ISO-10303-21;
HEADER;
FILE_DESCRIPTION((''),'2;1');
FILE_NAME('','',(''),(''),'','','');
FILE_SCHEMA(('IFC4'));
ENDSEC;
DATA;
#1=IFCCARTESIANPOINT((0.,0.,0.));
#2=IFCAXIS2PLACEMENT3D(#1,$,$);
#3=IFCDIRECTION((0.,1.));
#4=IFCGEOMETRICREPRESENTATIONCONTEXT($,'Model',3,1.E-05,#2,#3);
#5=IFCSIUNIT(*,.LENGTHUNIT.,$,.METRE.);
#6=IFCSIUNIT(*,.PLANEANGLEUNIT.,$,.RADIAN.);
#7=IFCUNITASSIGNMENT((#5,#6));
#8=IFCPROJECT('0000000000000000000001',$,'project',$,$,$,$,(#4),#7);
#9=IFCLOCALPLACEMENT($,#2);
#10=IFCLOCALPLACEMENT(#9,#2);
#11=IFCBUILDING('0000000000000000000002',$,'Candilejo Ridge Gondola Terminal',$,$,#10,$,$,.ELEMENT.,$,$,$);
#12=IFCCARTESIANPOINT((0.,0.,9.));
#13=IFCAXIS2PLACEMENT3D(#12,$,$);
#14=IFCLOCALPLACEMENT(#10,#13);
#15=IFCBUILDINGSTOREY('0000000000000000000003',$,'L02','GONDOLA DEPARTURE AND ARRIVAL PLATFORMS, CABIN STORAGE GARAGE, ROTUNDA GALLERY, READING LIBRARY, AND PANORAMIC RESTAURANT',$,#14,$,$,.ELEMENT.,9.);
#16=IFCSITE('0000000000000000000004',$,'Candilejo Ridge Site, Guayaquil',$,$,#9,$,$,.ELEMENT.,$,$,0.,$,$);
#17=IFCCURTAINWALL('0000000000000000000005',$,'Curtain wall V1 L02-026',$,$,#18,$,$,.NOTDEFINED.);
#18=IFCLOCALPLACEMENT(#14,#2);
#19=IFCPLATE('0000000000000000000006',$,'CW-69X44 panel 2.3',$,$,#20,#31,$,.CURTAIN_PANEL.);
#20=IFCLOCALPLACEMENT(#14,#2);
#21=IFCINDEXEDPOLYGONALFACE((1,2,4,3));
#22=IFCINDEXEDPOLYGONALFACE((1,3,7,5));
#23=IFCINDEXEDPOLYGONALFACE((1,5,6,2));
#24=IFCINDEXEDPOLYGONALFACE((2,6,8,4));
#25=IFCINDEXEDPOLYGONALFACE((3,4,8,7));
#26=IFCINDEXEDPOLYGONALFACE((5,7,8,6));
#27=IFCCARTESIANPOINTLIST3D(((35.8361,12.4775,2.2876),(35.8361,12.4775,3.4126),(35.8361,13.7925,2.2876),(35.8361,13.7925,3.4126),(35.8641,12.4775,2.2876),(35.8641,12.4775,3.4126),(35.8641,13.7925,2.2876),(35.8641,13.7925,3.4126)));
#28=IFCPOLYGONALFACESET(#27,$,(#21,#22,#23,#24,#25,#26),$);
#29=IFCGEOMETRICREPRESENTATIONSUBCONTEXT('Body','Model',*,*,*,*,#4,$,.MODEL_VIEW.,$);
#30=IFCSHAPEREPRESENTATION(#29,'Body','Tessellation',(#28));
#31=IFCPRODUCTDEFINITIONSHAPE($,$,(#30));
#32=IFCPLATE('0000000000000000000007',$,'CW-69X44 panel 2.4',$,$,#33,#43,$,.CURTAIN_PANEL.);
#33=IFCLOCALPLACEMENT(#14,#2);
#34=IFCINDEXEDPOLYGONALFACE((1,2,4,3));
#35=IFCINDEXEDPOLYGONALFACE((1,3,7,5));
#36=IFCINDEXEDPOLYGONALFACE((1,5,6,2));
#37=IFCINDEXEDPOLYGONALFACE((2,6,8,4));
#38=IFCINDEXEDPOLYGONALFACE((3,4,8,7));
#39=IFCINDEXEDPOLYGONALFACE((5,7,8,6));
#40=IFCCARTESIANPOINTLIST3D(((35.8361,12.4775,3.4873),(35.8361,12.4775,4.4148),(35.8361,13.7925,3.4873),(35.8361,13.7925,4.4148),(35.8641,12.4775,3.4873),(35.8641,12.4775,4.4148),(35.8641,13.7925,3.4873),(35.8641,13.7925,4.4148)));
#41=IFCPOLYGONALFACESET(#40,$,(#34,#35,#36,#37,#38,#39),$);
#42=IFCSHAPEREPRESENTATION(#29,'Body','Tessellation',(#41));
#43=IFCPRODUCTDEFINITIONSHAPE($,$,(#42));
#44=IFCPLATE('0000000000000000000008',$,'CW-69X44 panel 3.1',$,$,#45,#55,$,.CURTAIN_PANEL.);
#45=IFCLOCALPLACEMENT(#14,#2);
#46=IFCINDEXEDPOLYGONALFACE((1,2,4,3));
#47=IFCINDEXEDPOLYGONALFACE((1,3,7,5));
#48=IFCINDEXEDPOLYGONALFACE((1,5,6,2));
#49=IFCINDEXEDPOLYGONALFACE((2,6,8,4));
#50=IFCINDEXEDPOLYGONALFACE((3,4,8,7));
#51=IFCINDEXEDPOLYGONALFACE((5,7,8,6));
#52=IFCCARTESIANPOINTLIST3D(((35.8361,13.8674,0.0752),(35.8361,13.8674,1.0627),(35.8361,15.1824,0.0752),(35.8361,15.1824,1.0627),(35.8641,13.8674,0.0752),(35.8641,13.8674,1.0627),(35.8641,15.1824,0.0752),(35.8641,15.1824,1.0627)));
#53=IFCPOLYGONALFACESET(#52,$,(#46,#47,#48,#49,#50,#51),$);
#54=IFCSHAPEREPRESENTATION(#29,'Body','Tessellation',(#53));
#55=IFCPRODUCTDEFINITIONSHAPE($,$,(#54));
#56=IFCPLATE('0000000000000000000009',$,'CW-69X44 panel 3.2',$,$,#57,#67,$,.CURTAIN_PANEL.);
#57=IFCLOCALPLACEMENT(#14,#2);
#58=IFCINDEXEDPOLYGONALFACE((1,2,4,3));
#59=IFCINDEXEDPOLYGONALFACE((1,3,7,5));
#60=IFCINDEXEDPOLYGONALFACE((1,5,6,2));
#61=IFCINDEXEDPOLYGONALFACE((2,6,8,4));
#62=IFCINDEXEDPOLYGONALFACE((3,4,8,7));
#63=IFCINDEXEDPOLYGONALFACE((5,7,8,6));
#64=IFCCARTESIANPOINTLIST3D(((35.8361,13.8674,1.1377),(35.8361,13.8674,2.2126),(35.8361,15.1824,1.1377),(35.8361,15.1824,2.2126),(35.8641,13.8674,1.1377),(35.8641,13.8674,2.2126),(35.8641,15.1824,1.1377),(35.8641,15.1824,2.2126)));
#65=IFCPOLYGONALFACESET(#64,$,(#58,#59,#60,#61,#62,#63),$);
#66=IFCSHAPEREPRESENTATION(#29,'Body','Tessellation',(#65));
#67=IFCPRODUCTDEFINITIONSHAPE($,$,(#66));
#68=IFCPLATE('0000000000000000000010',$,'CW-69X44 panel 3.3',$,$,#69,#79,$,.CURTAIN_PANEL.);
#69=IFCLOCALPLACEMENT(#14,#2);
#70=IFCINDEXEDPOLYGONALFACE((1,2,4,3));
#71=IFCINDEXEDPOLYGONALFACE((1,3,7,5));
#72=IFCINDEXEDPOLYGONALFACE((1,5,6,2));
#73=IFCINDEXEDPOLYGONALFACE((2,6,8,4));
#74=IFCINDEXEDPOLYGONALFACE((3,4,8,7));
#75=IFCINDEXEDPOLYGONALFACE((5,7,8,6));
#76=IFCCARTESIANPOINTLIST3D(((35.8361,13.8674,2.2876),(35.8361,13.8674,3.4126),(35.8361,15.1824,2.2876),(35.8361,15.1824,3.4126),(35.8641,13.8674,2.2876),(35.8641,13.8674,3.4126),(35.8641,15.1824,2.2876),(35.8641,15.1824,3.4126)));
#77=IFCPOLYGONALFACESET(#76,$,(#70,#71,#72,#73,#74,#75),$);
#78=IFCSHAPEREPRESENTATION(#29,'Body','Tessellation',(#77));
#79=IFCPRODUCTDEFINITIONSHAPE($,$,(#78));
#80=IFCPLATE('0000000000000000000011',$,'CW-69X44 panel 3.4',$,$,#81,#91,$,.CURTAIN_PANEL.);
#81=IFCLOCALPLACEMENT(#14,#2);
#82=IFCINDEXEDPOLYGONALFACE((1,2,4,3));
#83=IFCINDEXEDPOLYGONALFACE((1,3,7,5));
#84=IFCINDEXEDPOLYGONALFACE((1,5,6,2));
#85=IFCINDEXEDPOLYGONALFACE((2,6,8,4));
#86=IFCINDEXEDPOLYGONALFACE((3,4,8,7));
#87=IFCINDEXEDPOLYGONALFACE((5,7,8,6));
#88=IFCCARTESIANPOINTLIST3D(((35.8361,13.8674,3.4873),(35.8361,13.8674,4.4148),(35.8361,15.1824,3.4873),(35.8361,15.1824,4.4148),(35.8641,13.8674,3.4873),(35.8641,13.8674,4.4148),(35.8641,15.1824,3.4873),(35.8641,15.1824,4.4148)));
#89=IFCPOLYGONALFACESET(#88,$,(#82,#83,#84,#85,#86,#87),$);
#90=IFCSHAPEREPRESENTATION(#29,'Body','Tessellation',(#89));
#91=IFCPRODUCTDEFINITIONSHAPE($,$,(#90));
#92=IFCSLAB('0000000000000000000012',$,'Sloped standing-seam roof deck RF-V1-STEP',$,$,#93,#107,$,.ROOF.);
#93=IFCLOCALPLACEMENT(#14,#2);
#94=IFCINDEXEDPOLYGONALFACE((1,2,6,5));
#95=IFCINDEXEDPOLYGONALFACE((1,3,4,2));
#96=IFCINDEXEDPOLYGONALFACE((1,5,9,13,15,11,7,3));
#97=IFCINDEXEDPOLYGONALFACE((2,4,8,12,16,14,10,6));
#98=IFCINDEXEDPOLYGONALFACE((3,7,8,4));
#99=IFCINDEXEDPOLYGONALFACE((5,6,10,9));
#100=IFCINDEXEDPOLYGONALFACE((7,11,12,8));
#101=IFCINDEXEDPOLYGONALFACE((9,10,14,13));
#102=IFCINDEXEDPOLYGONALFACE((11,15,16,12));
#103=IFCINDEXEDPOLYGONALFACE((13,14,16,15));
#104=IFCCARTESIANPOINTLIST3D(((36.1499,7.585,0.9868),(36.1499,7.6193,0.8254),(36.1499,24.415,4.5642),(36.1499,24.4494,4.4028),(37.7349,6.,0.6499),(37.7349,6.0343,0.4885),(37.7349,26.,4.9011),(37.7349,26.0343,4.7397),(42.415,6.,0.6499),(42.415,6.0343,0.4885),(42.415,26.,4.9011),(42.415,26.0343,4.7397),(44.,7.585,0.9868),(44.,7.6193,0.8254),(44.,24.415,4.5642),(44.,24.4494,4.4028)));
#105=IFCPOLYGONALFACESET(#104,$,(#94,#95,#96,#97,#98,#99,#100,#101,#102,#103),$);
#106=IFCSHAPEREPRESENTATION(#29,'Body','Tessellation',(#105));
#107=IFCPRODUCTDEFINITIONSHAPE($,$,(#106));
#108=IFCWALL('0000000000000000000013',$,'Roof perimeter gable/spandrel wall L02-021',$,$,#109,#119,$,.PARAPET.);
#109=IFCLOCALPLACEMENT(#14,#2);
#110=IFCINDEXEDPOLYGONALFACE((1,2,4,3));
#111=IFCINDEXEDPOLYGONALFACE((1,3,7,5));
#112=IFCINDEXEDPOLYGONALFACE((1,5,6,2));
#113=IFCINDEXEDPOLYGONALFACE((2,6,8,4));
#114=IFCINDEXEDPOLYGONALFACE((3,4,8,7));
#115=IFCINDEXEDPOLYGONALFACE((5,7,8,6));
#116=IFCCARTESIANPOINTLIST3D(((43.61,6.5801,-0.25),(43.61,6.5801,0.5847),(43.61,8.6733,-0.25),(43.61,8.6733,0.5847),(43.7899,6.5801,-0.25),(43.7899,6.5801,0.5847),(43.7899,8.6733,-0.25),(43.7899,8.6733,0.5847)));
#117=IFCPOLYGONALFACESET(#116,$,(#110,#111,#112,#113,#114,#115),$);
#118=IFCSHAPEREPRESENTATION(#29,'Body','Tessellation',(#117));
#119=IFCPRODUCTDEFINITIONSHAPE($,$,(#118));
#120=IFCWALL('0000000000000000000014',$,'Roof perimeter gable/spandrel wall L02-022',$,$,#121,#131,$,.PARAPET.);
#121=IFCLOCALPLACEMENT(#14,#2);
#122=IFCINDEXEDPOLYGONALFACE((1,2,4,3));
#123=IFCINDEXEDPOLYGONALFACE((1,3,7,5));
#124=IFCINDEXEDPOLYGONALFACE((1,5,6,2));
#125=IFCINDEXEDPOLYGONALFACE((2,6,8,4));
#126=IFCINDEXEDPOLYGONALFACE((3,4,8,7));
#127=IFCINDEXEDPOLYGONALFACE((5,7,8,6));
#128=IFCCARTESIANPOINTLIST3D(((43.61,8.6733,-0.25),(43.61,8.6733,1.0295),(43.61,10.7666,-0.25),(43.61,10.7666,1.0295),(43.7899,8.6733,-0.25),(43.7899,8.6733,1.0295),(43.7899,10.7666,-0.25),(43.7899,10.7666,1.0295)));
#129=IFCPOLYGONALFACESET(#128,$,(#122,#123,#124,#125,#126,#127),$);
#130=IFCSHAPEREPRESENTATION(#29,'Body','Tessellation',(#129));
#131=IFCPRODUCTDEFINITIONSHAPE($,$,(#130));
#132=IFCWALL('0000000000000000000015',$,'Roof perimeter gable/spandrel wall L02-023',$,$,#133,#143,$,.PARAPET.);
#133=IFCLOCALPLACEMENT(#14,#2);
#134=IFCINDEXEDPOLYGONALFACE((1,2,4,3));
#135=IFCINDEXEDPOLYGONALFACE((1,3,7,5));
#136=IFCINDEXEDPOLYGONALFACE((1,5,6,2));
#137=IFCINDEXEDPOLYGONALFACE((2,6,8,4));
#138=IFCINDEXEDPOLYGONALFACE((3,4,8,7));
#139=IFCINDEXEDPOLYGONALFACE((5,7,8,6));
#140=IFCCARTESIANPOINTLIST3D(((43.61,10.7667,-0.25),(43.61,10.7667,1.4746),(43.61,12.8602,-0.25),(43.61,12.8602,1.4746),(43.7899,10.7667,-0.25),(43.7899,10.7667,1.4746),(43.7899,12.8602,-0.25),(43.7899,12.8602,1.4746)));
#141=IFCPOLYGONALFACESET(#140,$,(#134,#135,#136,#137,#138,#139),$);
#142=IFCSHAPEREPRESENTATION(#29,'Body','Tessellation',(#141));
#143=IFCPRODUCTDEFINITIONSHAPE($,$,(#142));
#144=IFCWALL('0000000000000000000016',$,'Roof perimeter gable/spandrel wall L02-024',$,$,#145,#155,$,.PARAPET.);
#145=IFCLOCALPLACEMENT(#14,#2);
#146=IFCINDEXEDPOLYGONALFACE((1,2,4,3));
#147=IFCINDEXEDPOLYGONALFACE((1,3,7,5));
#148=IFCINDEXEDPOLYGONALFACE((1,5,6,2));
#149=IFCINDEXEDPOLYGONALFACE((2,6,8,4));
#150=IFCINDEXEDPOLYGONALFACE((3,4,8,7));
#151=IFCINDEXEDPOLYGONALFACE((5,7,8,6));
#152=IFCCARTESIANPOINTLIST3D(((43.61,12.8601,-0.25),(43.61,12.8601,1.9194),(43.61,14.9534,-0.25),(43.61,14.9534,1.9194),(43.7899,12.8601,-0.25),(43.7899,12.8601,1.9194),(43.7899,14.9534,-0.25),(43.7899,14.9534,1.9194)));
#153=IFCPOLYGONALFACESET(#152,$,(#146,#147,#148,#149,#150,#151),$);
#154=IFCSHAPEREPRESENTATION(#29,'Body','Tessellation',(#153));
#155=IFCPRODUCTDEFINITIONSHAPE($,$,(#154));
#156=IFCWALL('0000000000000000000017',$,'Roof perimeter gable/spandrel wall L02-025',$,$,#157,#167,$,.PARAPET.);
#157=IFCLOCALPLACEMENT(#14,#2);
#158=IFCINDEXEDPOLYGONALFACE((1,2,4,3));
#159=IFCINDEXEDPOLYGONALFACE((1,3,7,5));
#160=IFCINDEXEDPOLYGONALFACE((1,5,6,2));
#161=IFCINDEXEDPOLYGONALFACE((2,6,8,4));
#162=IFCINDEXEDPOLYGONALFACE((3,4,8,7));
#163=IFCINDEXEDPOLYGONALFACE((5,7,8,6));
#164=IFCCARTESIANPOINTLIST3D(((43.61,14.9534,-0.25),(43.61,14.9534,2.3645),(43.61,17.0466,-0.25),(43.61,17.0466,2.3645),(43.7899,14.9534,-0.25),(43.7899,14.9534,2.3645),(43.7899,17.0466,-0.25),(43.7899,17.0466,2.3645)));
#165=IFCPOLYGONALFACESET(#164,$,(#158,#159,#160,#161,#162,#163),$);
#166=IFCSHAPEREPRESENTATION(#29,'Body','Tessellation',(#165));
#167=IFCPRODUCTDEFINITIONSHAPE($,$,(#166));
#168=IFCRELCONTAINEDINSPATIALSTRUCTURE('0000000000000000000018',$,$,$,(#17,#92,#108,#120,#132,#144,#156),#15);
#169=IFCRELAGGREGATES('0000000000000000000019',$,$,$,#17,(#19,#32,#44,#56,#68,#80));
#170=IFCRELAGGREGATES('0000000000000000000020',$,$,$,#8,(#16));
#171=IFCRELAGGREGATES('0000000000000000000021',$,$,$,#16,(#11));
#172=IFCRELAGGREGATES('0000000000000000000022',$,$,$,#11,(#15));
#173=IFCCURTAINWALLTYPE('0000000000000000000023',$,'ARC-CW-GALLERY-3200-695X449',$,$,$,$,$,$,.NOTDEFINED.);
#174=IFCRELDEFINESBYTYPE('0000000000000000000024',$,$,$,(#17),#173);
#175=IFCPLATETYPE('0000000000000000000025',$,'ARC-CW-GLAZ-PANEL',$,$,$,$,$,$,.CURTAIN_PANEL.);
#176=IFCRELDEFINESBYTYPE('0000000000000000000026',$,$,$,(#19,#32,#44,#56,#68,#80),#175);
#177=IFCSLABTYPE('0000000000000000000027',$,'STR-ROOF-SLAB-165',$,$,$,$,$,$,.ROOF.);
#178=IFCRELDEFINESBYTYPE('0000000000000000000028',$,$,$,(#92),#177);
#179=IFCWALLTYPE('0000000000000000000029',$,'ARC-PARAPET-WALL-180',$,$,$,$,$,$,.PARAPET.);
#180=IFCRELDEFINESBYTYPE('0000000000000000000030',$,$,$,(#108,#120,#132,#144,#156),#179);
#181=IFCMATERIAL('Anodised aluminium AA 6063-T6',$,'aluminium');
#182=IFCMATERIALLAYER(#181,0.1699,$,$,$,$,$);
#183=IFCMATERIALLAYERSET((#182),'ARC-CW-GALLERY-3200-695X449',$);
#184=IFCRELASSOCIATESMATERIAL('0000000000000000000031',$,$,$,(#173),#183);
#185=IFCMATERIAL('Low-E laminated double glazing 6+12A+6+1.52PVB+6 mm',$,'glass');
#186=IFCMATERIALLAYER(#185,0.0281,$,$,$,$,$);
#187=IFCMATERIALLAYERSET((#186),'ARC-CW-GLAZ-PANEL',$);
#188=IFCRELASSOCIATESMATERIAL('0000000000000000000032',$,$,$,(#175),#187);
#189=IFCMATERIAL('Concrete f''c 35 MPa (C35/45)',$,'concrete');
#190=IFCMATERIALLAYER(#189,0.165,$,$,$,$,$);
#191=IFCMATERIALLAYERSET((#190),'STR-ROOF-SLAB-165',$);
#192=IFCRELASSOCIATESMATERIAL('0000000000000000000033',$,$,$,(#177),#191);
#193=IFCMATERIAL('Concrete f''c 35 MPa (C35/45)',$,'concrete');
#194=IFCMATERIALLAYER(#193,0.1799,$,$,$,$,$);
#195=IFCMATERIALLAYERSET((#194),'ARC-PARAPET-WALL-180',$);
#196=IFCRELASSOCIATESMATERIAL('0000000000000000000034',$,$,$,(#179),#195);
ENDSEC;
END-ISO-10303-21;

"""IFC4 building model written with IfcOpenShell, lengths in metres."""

from ifc_helpers import new_model, si_unit, direction, frame, frame_2d, origin, origin_2d, place, context, subcontext, project, spatial, polyline, rectangle, outline, extrude, material, layer, layer_set, type_object, element, aggregate, save


model = new_model("IFC4")

# Units and contexts
model_context = context("Model", 3, precision=1e-05, world=origin(), true_north=direction((0.0, 1.0)))
body_context = subcontext(model_context, "Body", "Model", "MODEL_VIEW")
ifc_project = project(units=[si_unit("LENGTHUNIT", "METRE"), si_unit("PLANEANGLEUNIT", "RADIAN")], contexts=[model_context])

# Site, building, storey
site_placement = place(None, origin())
site = spatial("IfcSite", under=ifc_project, at=site_placement, Name="Candilejo Ridge Site, Guayaquil", CompositionType="ELEMENT", RefElevation=0.0)
building_placement = place(site_placement, origin())
building = spatial("IfcBuilding", under=site, at=building_placement, Name="Candilejo Ridge Gondola Terminal", CompositionType="ELEMENT")
storey_placement = place(building_placement, frame((0.0, 0.0, 9.0)))
storey = spatial("IfcBuildingStorey", under=building, at=storey_placement, Name="L02", Description="GONDOLA DEPARTURE AND ARRIVAL PLATFORMS, CABIN STORAGE GARAGE, ROTUNDA GALLERY, READING LIBRARY, AND PANORAMIC RESTAURANT", CompositionType="ELEMENT", Elevation=9.0)

# Curtain wall
ifc_material_1 = material(Name="Anodised aluminium AA 6063-T6", Category="aluminium")
ifc_layer_1 = layer(ifc_material_1, 0.1699)
ifc_layer_set_1 = layer_set([ifc_layer_1], Name="ARC-CW-GALLERY-3200-695X449")
curtain_wall_type = type_object("IfcCurtainWallType", Name="ARC-CW-GALLERY-3200-695X449", PredefinedType="NOTDEFINED", material=ifc_layer_set_1)
curtain_wall_placement = place(storey_placement, origin())
curtain_wall = element("IfcCurtainWall", 1, at=curtain_wall_placement, inside=storey, type_object=curtain_wall_type, Name="Curtain wall V1 L02-026", PredefinedType="NOTDEFINED")

# Plates
ifc_material_2 = material(Name="Low-E laminated double glazing 6+12A+6+1.52PVB+6 mm", Category="glass")
ifc_layer_2 = layer(ifc_material_2, 0.0281)
ifc_layer_set_2 = layer_set([ifc_layer_2], Name="ARC-CW-GLAZ-PANEL")
plate_type = type_object("IfcPlateType", Name="ARC-CW-GLAZ-PANEL", PredefinedType="CURTAIN_PANEL", material=ifc_layer_set_2)
plate_1_placement = place(storey_placement, frame((35.8501, 13.135, 2.2876), z_axis=(0.0, 0.0, 1.0), x_axis=(0.0, 1.0, 0.0)))
plate_1 = element("IfcPlate", 2, at=plate_1_placement, type_object=plate_type, Name="CW-69X44 panel 2.3", PredefinedType="CURTAIN_PANEL", context=body_context, shape_type="SweptSolid", body=[
    extrude(rectangle(XDim=1.3149, YDim=0.0281, at=origin_2d()), origin(), (0.0, 0.0, 1.0), 1.125),
])
plate_2_placement = place(storey_placement, frame((35.8501, 13.135, 3.4873), z_axis=(0.0, 0.0, 1.0), x_axis=(0.0, 1.0, 0.0)))
plate_2 = element("IfcPlate", 3, at=plate_2_placement, type_object=plate_type, Name="CW-69X44 panel 2.4", PredefinedType="CURTAIN_PANEL", context=body_context, shape_type="SweptSolid", body=[
    extrude(rectangle(XDim=1.3149, YDim=0.0281, at=origin_2d()), origin(), (0.0, 0.0, 1.0), 0.9275),
])
plate_3_placement = place(storey_placement, frame((35.8501, 14.5249, 0.0752), z_axis=(0.0, 0.0, 1.0), x_axis=(0.0, 1.0, 0.0)))
plate_3 = element("IfcPlate", 4, at=plate_3_placement, type_object=plate_type, Name="CW-69X44 panel 3.1", PredefinedType="CURTAIN_PANEL", context=body_context, shape_type="SweptSolid", body=[
    extrude(rectangle(XDim=1.3149, YDim=0.0281, at=origin_2d()), origin(), (0.0, 0.0, 1.0), 0.9875),
])
plate_4_placement = place(storey_placement, frame((35.8501, 14.5249, 1.1377), z_axis=(0.0, 0.0, 1.0), x_axis=(0.0, 1.0, 0.0)))
plate_4 = element("IfcPlate", 5, at=plate_4_placement, type_object=plate_type, Name="CW-69X44 panel 3.2", PredefinedType="CURTAIN_PANEL", context=body_context, shape_type="SweptSolid", body=[
    extrude(rectangle(XDim=1.3149, YDim=0.0281, at=origin_2d()), origin(), (0.0, 0.0, 1.0), 1.075),
])
plate_5_placement = place(storey_placement, frame((35.8501, 14.5249, 2.2876), z_axis=(0.0, 0.0, 1.0), x_axis=(0.0, 1.0, 0.0)))
plate_5 = element("IfcPlate", 6, at=plate_5_placement, type_object=plate_type, Name="CW-69X44 panel 3.3", PredefinedType="CURTAIN_PANEL", context=body_context, shape_type="SweptSolid", body=[
    extrude(rectangle(XDim=1.3149, YDim=0.0281, at=origin_2d()), origin(), (0.0, 0.0, 1.0), 1.125),
])
plate_6_placement = place(storey_placement, frame((35.8501, 14.5249, 3.4873), z_axis=(0.0, 0.0, 1.0), x_axis=(0.0, 1.0, 0.0)))
plate_6 = element("IfcPlate", 7, at=plate_6_placement, type_object=plate_type, Name="CW-69X44 panel 3.4", PredefinedType="CURTAIN_PANEL", context=body_context, shape_type="SweptSolid", body=[
    extrude(rectangle(XDim=1.3149, YDim=0.0281, at=origin_2d()), origin(), (0.0, 0.0, 1.0), 0.9275),
])
aggregate(curtain_wall, [plate_1, plate_2, plate_3, plate_4, plate_5, plate_6])

# Slab
ifc_material_3 = material(Name="Concrete f'c 35 MPa (C35/45)", Category="concrete")
ifc_layer_3 = layer(ifc_material_3, 0.165)
ifc_layer_set_3 = layer_set([ifc_layer_3], Name="STR-ROOF-SLAB-165")
slab_type = type_object("IfcSlabType", Name="STR-ROOF-SLAB-165", PredefinedType="ROOF", material=ifc_layer_set_3)
slab_placement = place(storey_placement, frame((37.7349, 6.0, 0.6499), z_axis=(0.0, -0.207916, 0.978147), x_axis=(1.0, 0.0, 0.0)))
element("IfcSlab", 8, at=slab_placement, inside=storey, type_object=slab_type, Name="Sloped standing-seam roof deck RF-V1-STEP", PredefinedType="ROOF", context=body_context, shape_type="SweptSolid", body=[
    extrude(outline(polyline([(0.0, 0.0), (4.6802, 0.0), (6.2651, 1.6204), (6.2651, 18.8265), (4.6802, 20.4468), (0.0, 20.4468), (-1.585, 18.8265), (-1.585, 1.6204), (0.0, 0.0)])), origin(), (0.0, 0.0, -1.0), 0.165),
])

# Walls
ifc_material_4 = material(Name="Concrete f'c 35 MPa (C35/45)", Category="concrete")
ifc_layer_4 = layer(ifc_material_4, 0.1799)
ifc_layer_set_4 = layer_set([ifc_layer_4], Name="ARC-PARAPET-WALL-180")
wall_type = type_object("IfcWallType", Name="ARC-PARAPET-WALL-180", PredefinedType="PARAPET", material=ifc_layer_set_4)
wall_1_placement = place(storey_placement, frame((43.7, 6.5801, -0.25), z_axis=(0.0, 0.0, 1.0), x_axis=(0.0, 1.0, 0.0)))
element("IfcWall", 9, at=wall_1_placement, inside=storey, type_object=wall_type, Name="Roof perimeter gable/spandrel wall L02-021", PredefinedType="PARAPET", context=body_context, shape_type="SweptSolid", body=[
    extrude(rectangle(XDim=2.0933, YDim=0.1799, at=frame_2d((1.0466, 0.0))), origin(), (0.0, 0.0, 1.0), 0.8347),
])
wall_2_placement = place(storey_placement, frame((43.7, 8.6733, -0.25), z_axis=(0.0, 0.0, 1.0), x_axis=(0.0, 1.0, 0.0)))
element("IfcWall", 10, at=wall_2_placement, inside=storey, type_object=wall_type, Name="Roof perimeter gable/spandrel wall L02-022", PredefinedType="PARAPET", context=body_context, shape_type="SweptSolid", body=[
    extrude(rectangle(XDim=2.0933, YDim=0.1799, at=frame_2d((1.0466, 0.0))), origin(), (0.0, 0.0, 1.0), 1.2795),
])
wall_3_placement = place(storey_placement, frame((43.7, 10.7666, -0.25), z_axis=(0.0, 0.0, 1.0), x_axis=(0.0, 1.0, 0.0)))
element("IfcWall", 11, at=wall_3_placement, inside=storey, type_object=wall_type, Name="Roof perimeter gable/spandrel wall L02-023", PredefinedType="PARAPET", context=body_context, shape_type="SweptSolid", body=[
    extrude(rectangle(XDim=2.0935, YDim=0.1799, at=frame_2d((1.0469, 0.0))), origin(), (0.0, 0.0, 1.0), 1.7246),
])
wall_4_placement = place(storey_placement, frame((43.7, 12.8601, -0.25), z_axis=(0.0, 0.0, 1.0), x_axis=(0.0, 1.0, 0.0)))
element("IfcWall", 12, at=wall_4_placement, inside=storey, type_object=wall_type, Name="Roof perimeter gable/spandrel wall L02-024", PredefinedType="PARAPET", context=body_context, shape_type="SweptSolid", body=[
    extrude(rectangle(XDim=2.0933, YDim=0.1799, at=frame_2d((1.0466, 0.0))), origin(), (0.0, 0.0, 1.0), 2.1694),
])
wall_5_placement = place(storey_placement, frame((43.7, 14.9534, -0.25), z_axis=(0.0, 0.0, 1.0), x_axis=(0.0, 1.0, 0.0)))
element("IfcWall", 13, at=wall_5_placement, inside=storey, type_object=wall_type, Name="Roof perimeter gable/spandrel wall L02-025", PredefinedType="PARAPET", context=body_context, shape_type="SweptSolid", body=[
    extrude(rectangle(XDim=2.0933, YDim=0.1799, at=frame_2d((1.0466, 0.0))), origin(), (0.0, 0.0, 1.0), 2.6145),
])

save(model, "model.ifc")
